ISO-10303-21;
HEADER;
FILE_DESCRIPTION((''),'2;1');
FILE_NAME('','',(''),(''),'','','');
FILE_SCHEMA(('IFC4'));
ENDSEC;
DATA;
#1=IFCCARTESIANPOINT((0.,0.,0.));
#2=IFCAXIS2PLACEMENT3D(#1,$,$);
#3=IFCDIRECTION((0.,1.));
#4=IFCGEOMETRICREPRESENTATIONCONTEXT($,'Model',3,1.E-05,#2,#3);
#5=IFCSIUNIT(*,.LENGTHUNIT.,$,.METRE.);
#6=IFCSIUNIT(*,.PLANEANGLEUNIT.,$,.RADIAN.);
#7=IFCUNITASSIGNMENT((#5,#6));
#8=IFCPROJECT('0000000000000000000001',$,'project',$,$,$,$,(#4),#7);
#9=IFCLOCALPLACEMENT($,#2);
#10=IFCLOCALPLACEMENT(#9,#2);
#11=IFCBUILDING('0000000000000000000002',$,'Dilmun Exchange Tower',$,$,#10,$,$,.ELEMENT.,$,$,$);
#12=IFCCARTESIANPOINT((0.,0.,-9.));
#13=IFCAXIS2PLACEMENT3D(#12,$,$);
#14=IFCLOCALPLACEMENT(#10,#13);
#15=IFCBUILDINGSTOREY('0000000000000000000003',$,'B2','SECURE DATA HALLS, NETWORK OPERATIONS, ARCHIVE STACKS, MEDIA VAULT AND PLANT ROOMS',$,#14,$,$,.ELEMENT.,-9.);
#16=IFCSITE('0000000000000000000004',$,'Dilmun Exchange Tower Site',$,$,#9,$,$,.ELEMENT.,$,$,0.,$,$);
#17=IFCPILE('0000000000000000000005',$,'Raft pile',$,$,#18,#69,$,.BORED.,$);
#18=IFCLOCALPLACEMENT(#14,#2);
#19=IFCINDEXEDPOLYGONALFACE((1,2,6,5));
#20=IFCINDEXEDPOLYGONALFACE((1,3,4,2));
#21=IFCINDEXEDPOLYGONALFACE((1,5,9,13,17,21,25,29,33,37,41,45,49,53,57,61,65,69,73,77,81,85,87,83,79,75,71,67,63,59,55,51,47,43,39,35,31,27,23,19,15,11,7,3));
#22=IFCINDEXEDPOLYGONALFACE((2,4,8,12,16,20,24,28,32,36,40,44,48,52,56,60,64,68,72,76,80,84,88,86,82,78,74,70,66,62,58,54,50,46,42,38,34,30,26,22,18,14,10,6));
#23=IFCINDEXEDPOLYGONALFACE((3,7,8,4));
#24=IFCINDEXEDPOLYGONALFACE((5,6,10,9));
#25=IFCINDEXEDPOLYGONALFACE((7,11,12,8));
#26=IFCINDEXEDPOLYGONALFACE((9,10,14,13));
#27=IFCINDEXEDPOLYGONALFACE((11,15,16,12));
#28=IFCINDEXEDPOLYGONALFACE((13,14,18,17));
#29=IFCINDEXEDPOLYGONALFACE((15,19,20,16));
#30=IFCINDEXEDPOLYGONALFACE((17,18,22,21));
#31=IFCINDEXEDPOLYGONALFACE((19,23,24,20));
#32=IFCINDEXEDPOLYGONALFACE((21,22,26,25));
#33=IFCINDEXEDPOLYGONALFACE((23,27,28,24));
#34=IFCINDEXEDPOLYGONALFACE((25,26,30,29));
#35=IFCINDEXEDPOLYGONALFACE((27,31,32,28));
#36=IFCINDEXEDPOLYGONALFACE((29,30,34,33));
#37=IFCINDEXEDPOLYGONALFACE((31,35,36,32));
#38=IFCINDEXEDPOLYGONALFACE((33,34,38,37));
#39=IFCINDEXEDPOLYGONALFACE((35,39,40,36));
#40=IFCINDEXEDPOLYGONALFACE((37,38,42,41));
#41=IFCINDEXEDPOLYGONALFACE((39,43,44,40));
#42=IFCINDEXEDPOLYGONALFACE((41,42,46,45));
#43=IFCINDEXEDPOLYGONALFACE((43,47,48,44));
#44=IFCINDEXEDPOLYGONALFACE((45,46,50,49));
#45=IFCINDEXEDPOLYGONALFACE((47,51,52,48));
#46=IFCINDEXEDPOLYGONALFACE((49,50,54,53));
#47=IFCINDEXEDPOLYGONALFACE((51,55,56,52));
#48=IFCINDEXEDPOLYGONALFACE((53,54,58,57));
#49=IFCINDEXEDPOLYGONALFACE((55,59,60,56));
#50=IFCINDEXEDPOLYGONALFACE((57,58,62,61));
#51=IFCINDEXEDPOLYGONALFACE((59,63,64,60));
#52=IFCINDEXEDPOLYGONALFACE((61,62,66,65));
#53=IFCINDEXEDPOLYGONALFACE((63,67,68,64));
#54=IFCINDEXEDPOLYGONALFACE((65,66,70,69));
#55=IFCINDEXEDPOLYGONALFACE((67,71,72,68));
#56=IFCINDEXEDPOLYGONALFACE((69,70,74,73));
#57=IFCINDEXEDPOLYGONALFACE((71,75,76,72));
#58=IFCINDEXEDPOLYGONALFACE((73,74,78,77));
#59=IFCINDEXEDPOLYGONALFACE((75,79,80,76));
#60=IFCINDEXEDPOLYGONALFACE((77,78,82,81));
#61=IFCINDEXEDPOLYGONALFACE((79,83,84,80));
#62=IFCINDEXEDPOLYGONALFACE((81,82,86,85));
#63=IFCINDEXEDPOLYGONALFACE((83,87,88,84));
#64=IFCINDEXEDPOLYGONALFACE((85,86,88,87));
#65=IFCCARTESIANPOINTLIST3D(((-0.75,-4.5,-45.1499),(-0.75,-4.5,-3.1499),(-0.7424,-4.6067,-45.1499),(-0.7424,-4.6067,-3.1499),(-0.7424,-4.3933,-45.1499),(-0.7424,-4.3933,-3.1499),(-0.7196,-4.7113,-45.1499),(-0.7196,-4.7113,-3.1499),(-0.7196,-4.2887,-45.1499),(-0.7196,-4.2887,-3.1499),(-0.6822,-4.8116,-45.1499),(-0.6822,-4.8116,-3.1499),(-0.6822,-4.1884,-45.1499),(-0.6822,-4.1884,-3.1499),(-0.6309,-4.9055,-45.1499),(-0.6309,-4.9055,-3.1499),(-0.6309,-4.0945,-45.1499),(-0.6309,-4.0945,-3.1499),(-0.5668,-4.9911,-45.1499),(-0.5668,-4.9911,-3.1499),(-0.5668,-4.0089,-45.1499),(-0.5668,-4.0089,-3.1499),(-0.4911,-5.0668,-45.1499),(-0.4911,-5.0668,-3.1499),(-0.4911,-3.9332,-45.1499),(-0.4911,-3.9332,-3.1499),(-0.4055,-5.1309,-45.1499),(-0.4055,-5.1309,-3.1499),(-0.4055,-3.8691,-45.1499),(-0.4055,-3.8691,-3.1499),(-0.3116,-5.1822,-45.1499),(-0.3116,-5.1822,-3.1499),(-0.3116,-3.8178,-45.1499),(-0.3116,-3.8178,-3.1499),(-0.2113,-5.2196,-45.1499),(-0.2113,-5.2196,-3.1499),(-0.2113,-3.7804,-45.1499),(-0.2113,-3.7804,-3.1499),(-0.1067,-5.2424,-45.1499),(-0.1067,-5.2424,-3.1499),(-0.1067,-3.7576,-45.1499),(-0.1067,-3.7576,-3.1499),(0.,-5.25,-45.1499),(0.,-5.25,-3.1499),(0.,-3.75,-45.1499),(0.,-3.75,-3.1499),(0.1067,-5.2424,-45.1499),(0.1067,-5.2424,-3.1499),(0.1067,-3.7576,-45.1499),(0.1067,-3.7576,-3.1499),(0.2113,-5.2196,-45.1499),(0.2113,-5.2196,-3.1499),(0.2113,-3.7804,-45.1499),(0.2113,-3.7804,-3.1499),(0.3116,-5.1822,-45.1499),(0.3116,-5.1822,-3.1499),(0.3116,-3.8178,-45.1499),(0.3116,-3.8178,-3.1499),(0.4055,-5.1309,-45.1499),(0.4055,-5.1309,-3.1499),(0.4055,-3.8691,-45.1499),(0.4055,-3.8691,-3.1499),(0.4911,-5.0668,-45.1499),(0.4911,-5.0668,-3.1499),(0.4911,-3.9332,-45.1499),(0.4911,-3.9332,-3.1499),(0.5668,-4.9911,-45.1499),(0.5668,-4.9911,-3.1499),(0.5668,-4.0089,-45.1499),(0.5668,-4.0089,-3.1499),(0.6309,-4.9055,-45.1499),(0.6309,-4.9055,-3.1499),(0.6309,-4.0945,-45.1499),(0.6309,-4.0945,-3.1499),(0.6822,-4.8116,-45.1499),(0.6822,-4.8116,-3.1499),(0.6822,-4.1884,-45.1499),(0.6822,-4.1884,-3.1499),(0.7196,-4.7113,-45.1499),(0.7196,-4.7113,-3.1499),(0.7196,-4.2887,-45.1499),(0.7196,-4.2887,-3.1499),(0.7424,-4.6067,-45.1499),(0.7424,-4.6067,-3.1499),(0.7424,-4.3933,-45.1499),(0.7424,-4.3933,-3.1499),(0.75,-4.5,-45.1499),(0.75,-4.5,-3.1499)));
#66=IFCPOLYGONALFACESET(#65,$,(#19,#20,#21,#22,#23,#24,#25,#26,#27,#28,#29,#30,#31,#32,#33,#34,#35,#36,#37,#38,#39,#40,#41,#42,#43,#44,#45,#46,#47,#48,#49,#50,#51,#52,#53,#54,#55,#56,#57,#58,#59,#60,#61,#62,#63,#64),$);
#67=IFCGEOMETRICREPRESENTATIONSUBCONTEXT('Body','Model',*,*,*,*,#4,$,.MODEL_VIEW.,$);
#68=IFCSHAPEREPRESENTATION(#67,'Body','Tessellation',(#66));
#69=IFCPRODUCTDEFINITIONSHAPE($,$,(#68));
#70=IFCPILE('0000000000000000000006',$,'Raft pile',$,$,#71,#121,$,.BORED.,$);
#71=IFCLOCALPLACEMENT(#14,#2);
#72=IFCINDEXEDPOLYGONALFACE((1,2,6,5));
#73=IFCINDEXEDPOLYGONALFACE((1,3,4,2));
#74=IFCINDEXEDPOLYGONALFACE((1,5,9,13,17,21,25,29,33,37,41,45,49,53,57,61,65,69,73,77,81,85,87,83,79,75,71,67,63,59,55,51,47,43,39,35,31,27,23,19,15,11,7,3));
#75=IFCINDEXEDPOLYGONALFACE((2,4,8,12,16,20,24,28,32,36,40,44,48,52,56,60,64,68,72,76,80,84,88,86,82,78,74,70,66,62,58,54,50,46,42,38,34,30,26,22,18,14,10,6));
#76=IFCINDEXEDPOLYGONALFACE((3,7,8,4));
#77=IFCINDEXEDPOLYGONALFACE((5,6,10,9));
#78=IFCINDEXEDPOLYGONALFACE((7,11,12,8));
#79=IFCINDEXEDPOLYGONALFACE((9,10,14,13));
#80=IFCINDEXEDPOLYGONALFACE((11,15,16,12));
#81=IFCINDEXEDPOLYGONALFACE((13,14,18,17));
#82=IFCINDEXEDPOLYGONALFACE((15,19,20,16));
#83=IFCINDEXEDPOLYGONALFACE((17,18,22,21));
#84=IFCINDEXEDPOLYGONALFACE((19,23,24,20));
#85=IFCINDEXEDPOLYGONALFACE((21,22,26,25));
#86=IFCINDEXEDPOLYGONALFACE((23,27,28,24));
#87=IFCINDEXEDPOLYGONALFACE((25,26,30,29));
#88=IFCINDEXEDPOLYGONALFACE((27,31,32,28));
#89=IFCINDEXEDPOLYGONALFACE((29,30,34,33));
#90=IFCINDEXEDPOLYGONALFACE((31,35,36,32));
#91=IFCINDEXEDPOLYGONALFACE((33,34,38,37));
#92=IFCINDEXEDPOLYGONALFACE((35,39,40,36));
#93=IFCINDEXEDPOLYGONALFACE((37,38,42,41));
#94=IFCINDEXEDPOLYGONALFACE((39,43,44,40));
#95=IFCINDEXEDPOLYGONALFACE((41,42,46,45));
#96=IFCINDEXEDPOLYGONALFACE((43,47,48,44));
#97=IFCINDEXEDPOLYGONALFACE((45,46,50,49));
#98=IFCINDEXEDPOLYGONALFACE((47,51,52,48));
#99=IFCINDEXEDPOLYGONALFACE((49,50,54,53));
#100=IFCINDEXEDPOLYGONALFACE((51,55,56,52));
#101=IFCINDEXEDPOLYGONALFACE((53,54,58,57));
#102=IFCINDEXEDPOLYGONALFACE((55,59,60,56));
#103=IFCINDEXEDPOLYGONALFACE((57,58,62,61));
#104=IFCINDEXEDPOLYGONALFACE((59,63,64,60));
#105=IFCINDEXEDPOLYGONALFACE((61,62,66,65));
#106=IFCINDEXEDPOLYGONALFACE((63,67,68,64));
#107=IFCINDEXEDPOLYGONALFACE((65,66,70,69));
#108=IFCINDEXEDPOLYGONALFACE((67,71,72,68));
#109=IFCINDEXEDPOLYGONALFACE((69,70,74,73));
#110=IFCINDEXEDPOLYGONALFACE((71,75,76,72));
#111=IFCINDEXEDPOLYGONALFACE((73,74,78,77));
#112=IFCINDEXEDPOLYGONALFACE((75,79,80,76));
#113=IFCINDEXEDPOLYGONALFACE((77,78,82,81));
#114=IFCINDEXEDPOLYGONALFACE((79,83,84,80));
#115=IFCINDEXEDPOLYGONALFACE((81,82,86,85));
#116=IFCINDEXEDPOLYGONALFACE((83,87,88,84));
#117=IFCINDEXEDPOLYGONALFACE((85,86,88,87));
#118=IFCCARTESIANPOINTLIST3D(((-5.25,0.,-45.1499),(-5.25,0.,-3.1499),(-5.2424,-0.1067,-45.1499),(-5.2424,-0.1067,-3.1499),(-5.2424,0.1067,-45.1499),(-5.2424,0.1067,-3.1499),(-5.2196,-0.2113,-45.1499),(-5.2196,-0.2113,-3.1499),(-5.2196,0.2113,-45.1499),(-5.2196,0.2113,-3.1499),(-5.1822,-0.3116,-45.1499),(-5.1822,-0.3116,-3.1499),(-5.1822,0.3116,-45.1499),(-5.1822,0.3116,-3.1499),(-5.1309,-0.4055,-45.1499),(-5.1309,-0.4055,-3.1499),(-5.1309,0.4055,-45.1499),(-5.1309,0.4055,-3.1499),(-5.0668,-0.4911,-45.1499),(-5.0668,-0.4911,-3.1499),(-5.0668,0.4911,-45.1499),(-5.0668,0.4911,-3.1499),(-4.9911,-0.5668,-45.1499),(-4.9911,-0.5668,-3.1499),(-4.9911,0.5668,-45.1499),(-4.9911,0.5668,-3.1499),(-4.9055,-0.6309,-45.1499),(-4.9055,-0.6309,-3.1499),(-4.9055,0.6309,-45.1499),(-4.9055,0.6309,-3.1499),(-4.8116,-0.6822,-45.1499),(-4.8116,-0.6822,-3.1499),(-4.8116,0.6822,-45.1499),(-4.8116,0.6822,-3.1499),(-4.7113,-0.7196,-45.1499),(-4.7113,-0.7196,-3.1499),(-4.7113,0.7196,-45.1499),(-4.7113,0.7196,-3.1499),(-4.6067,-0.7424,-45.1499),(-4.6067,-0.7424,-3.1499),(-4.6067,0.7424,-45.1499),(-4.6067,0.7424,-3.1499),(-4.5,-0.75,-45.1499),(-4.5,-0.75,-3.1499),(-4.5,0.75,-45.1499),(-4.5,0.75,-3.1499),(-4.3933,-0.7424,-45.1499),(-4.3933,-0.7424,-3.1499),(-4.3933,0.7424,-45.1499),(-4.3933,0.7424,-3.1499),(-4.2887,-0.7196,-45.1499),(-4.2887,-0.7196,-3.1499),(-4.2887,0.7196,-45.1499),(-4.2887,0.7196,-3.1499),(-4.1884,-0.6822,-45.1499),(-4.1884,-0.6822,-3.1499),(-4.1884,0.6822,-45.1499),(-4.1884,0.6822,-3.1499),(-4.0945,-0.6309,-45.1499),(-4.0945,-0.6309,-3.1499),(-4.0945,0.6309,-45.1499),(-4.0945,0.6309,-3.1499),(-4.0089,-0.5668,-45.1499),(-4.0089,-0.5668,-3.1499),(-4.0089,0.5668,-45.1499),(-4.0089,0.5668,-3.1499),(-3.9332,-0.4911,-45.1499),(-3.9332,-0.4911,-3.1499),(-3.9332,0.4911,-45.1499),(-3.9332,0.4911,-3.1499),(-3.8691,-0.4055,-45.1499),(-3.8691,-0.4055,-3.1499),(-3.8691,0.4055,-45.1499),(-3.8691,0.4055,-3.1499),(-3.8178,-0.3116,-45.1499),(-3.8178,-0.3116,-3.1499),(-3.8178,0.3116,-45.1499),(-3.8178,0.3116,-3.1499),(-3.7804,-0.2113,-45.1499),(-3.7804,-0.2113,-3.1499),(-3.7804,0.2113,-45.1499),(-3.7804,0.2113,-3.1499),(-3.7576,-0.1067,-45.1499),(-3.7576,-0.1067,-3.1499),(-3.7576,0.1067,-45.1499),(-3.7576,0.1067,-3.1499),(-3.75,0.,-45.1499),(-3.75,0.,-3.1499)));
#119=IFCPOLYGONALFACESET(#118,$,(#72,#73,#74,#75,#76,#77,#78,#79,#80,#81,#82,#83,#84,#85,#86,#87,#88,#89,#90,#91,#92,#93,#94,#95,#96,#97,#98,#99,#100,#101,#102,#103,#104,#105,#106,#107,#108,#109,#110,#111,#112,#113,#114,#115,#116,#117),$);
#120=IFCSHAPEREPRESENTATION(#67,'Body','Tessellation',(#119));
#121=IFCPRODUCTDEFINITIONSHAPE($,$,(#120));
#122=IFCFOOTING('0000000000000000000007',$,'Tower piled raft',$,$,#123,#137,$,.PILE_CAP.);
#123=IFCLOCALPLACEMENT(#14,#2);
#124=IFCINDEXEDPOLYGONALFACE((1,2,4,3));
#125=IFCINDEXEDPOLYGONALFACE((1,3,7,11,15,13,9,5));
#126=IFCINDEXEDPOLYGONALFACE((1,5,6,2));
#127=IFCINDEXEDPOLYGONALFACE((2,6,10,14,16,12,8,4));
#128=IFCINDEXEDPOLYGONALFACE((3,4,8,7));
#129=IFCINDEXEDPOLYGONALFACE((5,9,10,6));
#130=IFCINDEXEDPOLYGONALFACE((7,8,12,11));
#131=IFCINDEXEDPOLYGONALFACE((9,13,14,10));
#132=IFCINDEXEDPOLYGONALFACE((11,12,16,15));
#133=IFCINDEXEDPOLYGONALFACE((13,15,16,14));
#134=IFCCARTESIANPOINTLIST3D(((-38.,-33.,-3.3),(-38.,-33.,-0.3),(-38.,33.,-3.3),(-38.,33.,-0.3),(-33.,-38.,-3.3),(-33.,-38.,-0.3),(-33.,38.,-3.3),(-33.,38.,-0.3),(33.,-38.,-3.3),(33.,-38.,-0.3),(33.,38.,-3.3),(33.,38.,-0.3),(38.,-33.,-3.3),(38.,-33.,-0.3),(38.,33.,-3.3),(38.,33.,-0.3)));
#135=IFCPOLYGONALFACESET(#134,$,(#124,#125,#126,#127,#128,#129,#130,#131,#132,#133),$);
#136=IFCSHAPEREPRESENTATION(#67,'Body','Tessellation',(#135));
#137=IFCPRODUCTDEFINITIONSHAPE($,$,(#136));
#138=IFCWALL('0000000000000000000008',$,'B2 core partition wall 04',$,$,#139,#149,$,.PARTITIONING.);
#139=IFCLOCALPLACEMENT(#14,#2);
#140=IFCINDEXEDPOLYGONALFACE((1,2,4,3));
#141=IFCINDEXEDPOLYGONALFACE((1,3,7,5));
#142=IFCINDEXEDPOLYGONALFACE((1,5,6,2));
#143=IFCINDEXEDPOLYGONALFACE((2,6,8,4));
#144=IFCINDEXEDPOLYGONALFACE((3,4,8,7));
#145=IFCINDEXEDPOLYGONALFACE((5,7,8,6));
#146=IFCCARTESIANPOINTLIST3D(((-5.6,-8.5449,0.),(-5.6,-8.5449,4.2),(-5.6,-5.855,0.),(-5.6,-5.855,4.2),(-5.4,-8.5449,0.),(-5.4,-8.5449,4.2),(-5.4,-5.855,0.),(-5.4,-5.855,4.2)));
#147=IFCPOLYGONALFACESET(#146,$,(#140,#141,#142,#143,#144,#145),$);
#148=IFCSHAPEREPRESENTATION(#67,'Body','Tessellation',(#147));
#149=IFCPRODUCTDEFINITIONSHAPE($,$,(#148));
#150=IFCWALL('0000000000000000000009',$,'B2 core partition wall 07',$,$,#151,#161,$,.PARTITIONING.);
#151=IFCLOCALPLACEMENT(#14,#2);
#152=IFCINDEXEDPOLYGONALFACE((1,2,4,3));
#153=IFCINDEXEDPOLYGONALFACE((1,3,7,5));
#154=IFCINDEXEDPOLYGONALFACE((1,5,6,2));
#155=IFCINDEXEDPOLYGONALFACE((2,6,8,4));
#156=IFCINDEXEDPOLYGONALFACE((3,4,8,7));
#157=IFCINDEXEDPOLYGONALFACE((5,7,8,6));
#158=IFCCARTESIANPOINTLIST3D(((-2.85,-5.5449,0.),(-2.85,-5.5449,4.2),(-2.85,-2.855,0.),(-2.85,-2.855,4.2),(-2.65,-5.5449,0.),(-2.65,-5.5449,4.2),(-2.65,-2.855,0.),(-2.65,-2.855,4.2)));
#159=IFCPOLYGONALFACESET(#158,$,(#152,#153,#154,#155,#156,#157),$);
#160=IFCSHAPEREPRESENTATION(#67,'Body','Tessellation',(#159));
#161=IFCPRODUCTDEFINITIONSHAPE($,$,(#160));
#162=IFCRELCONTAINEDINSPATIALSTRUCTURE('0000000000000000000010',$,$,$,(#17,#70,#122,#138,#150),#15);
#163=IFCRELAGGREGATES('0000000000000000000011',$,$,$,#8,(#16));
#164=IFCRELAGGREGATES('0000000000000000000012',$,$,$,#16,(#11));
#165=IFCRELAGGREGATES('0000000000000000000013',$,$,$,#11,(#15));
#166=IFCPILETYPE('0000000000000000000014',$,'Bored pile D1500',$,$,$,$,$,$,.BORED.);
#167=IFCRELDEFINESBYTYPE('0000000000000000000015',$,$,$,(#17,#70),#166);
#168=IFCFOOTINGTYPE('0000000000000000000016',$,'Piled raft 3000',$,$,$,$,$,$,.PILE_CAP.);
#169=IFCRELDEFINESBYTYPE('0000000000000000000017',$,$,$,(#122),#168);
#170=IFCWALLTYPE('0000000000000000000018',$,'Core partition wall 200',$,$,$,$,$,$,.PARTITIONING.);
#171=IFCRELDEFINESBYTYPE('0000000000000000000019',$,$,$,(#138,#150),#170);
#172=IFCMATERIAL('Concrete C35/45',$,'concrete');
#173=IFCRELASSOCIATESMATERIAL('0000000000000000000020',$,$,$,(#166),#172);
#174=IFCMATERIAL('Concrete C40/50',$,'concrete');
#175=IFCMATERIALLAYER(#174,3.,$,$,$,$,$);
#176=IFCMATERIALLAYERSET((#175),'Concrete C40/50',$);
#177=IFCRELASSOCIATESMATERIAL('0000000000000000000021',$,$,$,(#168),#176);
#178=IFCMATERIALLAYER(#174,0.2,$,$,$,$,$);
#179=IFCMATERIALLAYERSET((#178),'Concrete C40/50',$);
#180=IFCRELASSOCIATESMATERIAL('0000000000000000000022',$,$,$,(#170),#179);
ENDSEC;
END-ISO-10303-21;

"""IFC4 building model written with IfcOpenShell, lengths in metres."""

from ifc_helpers import new_model, si_unit, direction, frame, frame_2d, origin, origin_2d, place, context, subcontext, project, spatial, polyline, rectangle, circle, outline, extrude, material, layer, layer_set, material_profile, profile_set, type_object, element, save


model = new_model("IFC4")

# Units and contexts
model_context = context("Model", 3, precision=1e-05, world=origin(), true_north=direction((0.0, 1.0)))
body_context = subcontext(model_context, "Body", "Model", "MODEL_VIEW")
ifc_project = project(units=[si_unit("LENGTHUNIT", "METRE"), si_unit("PLANEANGLEUNIT", "RADIAN")], contexts=[model_context])

# Site, building, storey
site_placement = place(None, origin())
site = spatial("IfcSite", under=ifc_project, at=site_placement, Name="Dilmun Exchange Tower Site", CompositionType="ELEMENT", RefElevation=0.0)
building_placement = place(site_placement, origin())
building = spatial("IfcBuilding", under=site, at=building_placement, Name="Dilmun Exchange Tower", CompositionType="ELEMENT")
storey_placement = place(building_placement, frame((0.0, 0.0, -9.0)))
storey = spatial("IfcBuildingStorey", under=building, at=storey_placement, Name="B2", Description="SECURE DATA HALLS, NETWORK OPERATIONS, ARCHIVE STACKS, MEDIA VAULT AND PLANT ROOMS", CompositionType="ELEMENT", Elevation=-9.0)

# Piles
ifc_material_1 = material(Name="Concrete C35/45", Category="concrete")
ifc_material_profile = material_profile(ifc_material_1, circle(Radius=0.75, at=origin_2d()), Name="D1500")
ifc_profile_set = profile_set([ifc_material_profile], Name="Concrete C35/45")
pile_type = type_object("IfcPileType", Name="Bored pile D1500", PredefinedType="BORED", material=ifc_profile_set)
for number, where, z_axis, x_axis, name in (
    (1, (0.0, -4.5, -3.1499), (0.0, 0.0, -1.0), (1.0, 0.0, 0.0), "Raft pile"),
    (2, (-4.5, 0.0, -3.1499), (0.0, 0.0, -1.0), (1.0, 0.0, 0.0), "Raft pile"),
):
    element("IfcPile", number, at=place(storey_placement, frame(where, z_axis=z_axis, x_axis=x_axis)), inside=storey, type_object=pile_type, Name=name, PredefinedType="BORED", context=body_context, shape_type="SweptSolid", body=[
        extrude(circle(Radius=0.75, at=origin_2d()), origin(), (0.0, 0.0, 1.0), 42.0),
    ])

# Footing
ifc_material_2 = material(Name="Concrete C40/50", Category="concrete")
ifc_layer_1 = layer(ifc_material_2, 3.0)
ifc_layer_set_1 = layer_set([ifc_layer_1], Name="Concrete C40/50")
footing_type = type_object("IfcFootingType", Name="Piled raft 3000", PredefinedType="PILE_CAP", material=ifc_layer_set_1)
footing_placement = place(storey_placement, frame((0.0, 0.0, -3.3)))
element("IfcFooting", 3, at=footing_placement, inside=storey, type_object=footing_type, Name="Tower piled raft", PredefinedType="PILE_CAP", context=body_context, shape_type="SweptSolid", body=[
    extrude(outline(polyline([(-33.0, -38.0), (33.0, -38.0), (38.0, -33.0), (38.0, 33.0), (33.0, 38.0), (-33.0, 38.0), (-38.0, 33.0), (-38.0, -33.0), (-33.0, -38.0)])), origin(), (0.0, 0.0, 1.0), 3.0),
])

# Walls
ifc_layer_2 = layer(ifc_material_2, 0.2)
ifc_layer_set_2 = layer_set([ifc_layer_2], Name="Concrete C40/50")
wall_type_1 = type_object("IfcWallType", Name="Core partition wall 200", PredefinedType="PARTITIONING", material=ifc_layer_set_2)
for number, where, z_axis, x_axis, name in (
    (4, (-5.5, -8.5449, 0.0), (0.0, 0.0, 1.0), (0.0, 1.0, 0.0), "B2 core partition wall 04"),
    (5, (-2.75, -5.5449, 0.0), (0.0, 0.0, 1.0), (0.0, 1.0, 0.0), "B2 core partition wall 07"),
):
    element("IfcWall", number, at=place(storey_placement, frame(where, z_axis=z_axis, x_axis=x_axis)), inside=storey, type_object=wall_type_1, Name=name, PredefinedType="PARTITIONING", context=body_context, shape_type="SweptSolid", body=[
        extrude(rectangle(XDim=2.6899, YDim=0.2, at=frame_2d((1.345, 0.0))), origin(), (0.0, 0.0, 1.0), 4.2),
    ])

save(model, "model.ifc")
